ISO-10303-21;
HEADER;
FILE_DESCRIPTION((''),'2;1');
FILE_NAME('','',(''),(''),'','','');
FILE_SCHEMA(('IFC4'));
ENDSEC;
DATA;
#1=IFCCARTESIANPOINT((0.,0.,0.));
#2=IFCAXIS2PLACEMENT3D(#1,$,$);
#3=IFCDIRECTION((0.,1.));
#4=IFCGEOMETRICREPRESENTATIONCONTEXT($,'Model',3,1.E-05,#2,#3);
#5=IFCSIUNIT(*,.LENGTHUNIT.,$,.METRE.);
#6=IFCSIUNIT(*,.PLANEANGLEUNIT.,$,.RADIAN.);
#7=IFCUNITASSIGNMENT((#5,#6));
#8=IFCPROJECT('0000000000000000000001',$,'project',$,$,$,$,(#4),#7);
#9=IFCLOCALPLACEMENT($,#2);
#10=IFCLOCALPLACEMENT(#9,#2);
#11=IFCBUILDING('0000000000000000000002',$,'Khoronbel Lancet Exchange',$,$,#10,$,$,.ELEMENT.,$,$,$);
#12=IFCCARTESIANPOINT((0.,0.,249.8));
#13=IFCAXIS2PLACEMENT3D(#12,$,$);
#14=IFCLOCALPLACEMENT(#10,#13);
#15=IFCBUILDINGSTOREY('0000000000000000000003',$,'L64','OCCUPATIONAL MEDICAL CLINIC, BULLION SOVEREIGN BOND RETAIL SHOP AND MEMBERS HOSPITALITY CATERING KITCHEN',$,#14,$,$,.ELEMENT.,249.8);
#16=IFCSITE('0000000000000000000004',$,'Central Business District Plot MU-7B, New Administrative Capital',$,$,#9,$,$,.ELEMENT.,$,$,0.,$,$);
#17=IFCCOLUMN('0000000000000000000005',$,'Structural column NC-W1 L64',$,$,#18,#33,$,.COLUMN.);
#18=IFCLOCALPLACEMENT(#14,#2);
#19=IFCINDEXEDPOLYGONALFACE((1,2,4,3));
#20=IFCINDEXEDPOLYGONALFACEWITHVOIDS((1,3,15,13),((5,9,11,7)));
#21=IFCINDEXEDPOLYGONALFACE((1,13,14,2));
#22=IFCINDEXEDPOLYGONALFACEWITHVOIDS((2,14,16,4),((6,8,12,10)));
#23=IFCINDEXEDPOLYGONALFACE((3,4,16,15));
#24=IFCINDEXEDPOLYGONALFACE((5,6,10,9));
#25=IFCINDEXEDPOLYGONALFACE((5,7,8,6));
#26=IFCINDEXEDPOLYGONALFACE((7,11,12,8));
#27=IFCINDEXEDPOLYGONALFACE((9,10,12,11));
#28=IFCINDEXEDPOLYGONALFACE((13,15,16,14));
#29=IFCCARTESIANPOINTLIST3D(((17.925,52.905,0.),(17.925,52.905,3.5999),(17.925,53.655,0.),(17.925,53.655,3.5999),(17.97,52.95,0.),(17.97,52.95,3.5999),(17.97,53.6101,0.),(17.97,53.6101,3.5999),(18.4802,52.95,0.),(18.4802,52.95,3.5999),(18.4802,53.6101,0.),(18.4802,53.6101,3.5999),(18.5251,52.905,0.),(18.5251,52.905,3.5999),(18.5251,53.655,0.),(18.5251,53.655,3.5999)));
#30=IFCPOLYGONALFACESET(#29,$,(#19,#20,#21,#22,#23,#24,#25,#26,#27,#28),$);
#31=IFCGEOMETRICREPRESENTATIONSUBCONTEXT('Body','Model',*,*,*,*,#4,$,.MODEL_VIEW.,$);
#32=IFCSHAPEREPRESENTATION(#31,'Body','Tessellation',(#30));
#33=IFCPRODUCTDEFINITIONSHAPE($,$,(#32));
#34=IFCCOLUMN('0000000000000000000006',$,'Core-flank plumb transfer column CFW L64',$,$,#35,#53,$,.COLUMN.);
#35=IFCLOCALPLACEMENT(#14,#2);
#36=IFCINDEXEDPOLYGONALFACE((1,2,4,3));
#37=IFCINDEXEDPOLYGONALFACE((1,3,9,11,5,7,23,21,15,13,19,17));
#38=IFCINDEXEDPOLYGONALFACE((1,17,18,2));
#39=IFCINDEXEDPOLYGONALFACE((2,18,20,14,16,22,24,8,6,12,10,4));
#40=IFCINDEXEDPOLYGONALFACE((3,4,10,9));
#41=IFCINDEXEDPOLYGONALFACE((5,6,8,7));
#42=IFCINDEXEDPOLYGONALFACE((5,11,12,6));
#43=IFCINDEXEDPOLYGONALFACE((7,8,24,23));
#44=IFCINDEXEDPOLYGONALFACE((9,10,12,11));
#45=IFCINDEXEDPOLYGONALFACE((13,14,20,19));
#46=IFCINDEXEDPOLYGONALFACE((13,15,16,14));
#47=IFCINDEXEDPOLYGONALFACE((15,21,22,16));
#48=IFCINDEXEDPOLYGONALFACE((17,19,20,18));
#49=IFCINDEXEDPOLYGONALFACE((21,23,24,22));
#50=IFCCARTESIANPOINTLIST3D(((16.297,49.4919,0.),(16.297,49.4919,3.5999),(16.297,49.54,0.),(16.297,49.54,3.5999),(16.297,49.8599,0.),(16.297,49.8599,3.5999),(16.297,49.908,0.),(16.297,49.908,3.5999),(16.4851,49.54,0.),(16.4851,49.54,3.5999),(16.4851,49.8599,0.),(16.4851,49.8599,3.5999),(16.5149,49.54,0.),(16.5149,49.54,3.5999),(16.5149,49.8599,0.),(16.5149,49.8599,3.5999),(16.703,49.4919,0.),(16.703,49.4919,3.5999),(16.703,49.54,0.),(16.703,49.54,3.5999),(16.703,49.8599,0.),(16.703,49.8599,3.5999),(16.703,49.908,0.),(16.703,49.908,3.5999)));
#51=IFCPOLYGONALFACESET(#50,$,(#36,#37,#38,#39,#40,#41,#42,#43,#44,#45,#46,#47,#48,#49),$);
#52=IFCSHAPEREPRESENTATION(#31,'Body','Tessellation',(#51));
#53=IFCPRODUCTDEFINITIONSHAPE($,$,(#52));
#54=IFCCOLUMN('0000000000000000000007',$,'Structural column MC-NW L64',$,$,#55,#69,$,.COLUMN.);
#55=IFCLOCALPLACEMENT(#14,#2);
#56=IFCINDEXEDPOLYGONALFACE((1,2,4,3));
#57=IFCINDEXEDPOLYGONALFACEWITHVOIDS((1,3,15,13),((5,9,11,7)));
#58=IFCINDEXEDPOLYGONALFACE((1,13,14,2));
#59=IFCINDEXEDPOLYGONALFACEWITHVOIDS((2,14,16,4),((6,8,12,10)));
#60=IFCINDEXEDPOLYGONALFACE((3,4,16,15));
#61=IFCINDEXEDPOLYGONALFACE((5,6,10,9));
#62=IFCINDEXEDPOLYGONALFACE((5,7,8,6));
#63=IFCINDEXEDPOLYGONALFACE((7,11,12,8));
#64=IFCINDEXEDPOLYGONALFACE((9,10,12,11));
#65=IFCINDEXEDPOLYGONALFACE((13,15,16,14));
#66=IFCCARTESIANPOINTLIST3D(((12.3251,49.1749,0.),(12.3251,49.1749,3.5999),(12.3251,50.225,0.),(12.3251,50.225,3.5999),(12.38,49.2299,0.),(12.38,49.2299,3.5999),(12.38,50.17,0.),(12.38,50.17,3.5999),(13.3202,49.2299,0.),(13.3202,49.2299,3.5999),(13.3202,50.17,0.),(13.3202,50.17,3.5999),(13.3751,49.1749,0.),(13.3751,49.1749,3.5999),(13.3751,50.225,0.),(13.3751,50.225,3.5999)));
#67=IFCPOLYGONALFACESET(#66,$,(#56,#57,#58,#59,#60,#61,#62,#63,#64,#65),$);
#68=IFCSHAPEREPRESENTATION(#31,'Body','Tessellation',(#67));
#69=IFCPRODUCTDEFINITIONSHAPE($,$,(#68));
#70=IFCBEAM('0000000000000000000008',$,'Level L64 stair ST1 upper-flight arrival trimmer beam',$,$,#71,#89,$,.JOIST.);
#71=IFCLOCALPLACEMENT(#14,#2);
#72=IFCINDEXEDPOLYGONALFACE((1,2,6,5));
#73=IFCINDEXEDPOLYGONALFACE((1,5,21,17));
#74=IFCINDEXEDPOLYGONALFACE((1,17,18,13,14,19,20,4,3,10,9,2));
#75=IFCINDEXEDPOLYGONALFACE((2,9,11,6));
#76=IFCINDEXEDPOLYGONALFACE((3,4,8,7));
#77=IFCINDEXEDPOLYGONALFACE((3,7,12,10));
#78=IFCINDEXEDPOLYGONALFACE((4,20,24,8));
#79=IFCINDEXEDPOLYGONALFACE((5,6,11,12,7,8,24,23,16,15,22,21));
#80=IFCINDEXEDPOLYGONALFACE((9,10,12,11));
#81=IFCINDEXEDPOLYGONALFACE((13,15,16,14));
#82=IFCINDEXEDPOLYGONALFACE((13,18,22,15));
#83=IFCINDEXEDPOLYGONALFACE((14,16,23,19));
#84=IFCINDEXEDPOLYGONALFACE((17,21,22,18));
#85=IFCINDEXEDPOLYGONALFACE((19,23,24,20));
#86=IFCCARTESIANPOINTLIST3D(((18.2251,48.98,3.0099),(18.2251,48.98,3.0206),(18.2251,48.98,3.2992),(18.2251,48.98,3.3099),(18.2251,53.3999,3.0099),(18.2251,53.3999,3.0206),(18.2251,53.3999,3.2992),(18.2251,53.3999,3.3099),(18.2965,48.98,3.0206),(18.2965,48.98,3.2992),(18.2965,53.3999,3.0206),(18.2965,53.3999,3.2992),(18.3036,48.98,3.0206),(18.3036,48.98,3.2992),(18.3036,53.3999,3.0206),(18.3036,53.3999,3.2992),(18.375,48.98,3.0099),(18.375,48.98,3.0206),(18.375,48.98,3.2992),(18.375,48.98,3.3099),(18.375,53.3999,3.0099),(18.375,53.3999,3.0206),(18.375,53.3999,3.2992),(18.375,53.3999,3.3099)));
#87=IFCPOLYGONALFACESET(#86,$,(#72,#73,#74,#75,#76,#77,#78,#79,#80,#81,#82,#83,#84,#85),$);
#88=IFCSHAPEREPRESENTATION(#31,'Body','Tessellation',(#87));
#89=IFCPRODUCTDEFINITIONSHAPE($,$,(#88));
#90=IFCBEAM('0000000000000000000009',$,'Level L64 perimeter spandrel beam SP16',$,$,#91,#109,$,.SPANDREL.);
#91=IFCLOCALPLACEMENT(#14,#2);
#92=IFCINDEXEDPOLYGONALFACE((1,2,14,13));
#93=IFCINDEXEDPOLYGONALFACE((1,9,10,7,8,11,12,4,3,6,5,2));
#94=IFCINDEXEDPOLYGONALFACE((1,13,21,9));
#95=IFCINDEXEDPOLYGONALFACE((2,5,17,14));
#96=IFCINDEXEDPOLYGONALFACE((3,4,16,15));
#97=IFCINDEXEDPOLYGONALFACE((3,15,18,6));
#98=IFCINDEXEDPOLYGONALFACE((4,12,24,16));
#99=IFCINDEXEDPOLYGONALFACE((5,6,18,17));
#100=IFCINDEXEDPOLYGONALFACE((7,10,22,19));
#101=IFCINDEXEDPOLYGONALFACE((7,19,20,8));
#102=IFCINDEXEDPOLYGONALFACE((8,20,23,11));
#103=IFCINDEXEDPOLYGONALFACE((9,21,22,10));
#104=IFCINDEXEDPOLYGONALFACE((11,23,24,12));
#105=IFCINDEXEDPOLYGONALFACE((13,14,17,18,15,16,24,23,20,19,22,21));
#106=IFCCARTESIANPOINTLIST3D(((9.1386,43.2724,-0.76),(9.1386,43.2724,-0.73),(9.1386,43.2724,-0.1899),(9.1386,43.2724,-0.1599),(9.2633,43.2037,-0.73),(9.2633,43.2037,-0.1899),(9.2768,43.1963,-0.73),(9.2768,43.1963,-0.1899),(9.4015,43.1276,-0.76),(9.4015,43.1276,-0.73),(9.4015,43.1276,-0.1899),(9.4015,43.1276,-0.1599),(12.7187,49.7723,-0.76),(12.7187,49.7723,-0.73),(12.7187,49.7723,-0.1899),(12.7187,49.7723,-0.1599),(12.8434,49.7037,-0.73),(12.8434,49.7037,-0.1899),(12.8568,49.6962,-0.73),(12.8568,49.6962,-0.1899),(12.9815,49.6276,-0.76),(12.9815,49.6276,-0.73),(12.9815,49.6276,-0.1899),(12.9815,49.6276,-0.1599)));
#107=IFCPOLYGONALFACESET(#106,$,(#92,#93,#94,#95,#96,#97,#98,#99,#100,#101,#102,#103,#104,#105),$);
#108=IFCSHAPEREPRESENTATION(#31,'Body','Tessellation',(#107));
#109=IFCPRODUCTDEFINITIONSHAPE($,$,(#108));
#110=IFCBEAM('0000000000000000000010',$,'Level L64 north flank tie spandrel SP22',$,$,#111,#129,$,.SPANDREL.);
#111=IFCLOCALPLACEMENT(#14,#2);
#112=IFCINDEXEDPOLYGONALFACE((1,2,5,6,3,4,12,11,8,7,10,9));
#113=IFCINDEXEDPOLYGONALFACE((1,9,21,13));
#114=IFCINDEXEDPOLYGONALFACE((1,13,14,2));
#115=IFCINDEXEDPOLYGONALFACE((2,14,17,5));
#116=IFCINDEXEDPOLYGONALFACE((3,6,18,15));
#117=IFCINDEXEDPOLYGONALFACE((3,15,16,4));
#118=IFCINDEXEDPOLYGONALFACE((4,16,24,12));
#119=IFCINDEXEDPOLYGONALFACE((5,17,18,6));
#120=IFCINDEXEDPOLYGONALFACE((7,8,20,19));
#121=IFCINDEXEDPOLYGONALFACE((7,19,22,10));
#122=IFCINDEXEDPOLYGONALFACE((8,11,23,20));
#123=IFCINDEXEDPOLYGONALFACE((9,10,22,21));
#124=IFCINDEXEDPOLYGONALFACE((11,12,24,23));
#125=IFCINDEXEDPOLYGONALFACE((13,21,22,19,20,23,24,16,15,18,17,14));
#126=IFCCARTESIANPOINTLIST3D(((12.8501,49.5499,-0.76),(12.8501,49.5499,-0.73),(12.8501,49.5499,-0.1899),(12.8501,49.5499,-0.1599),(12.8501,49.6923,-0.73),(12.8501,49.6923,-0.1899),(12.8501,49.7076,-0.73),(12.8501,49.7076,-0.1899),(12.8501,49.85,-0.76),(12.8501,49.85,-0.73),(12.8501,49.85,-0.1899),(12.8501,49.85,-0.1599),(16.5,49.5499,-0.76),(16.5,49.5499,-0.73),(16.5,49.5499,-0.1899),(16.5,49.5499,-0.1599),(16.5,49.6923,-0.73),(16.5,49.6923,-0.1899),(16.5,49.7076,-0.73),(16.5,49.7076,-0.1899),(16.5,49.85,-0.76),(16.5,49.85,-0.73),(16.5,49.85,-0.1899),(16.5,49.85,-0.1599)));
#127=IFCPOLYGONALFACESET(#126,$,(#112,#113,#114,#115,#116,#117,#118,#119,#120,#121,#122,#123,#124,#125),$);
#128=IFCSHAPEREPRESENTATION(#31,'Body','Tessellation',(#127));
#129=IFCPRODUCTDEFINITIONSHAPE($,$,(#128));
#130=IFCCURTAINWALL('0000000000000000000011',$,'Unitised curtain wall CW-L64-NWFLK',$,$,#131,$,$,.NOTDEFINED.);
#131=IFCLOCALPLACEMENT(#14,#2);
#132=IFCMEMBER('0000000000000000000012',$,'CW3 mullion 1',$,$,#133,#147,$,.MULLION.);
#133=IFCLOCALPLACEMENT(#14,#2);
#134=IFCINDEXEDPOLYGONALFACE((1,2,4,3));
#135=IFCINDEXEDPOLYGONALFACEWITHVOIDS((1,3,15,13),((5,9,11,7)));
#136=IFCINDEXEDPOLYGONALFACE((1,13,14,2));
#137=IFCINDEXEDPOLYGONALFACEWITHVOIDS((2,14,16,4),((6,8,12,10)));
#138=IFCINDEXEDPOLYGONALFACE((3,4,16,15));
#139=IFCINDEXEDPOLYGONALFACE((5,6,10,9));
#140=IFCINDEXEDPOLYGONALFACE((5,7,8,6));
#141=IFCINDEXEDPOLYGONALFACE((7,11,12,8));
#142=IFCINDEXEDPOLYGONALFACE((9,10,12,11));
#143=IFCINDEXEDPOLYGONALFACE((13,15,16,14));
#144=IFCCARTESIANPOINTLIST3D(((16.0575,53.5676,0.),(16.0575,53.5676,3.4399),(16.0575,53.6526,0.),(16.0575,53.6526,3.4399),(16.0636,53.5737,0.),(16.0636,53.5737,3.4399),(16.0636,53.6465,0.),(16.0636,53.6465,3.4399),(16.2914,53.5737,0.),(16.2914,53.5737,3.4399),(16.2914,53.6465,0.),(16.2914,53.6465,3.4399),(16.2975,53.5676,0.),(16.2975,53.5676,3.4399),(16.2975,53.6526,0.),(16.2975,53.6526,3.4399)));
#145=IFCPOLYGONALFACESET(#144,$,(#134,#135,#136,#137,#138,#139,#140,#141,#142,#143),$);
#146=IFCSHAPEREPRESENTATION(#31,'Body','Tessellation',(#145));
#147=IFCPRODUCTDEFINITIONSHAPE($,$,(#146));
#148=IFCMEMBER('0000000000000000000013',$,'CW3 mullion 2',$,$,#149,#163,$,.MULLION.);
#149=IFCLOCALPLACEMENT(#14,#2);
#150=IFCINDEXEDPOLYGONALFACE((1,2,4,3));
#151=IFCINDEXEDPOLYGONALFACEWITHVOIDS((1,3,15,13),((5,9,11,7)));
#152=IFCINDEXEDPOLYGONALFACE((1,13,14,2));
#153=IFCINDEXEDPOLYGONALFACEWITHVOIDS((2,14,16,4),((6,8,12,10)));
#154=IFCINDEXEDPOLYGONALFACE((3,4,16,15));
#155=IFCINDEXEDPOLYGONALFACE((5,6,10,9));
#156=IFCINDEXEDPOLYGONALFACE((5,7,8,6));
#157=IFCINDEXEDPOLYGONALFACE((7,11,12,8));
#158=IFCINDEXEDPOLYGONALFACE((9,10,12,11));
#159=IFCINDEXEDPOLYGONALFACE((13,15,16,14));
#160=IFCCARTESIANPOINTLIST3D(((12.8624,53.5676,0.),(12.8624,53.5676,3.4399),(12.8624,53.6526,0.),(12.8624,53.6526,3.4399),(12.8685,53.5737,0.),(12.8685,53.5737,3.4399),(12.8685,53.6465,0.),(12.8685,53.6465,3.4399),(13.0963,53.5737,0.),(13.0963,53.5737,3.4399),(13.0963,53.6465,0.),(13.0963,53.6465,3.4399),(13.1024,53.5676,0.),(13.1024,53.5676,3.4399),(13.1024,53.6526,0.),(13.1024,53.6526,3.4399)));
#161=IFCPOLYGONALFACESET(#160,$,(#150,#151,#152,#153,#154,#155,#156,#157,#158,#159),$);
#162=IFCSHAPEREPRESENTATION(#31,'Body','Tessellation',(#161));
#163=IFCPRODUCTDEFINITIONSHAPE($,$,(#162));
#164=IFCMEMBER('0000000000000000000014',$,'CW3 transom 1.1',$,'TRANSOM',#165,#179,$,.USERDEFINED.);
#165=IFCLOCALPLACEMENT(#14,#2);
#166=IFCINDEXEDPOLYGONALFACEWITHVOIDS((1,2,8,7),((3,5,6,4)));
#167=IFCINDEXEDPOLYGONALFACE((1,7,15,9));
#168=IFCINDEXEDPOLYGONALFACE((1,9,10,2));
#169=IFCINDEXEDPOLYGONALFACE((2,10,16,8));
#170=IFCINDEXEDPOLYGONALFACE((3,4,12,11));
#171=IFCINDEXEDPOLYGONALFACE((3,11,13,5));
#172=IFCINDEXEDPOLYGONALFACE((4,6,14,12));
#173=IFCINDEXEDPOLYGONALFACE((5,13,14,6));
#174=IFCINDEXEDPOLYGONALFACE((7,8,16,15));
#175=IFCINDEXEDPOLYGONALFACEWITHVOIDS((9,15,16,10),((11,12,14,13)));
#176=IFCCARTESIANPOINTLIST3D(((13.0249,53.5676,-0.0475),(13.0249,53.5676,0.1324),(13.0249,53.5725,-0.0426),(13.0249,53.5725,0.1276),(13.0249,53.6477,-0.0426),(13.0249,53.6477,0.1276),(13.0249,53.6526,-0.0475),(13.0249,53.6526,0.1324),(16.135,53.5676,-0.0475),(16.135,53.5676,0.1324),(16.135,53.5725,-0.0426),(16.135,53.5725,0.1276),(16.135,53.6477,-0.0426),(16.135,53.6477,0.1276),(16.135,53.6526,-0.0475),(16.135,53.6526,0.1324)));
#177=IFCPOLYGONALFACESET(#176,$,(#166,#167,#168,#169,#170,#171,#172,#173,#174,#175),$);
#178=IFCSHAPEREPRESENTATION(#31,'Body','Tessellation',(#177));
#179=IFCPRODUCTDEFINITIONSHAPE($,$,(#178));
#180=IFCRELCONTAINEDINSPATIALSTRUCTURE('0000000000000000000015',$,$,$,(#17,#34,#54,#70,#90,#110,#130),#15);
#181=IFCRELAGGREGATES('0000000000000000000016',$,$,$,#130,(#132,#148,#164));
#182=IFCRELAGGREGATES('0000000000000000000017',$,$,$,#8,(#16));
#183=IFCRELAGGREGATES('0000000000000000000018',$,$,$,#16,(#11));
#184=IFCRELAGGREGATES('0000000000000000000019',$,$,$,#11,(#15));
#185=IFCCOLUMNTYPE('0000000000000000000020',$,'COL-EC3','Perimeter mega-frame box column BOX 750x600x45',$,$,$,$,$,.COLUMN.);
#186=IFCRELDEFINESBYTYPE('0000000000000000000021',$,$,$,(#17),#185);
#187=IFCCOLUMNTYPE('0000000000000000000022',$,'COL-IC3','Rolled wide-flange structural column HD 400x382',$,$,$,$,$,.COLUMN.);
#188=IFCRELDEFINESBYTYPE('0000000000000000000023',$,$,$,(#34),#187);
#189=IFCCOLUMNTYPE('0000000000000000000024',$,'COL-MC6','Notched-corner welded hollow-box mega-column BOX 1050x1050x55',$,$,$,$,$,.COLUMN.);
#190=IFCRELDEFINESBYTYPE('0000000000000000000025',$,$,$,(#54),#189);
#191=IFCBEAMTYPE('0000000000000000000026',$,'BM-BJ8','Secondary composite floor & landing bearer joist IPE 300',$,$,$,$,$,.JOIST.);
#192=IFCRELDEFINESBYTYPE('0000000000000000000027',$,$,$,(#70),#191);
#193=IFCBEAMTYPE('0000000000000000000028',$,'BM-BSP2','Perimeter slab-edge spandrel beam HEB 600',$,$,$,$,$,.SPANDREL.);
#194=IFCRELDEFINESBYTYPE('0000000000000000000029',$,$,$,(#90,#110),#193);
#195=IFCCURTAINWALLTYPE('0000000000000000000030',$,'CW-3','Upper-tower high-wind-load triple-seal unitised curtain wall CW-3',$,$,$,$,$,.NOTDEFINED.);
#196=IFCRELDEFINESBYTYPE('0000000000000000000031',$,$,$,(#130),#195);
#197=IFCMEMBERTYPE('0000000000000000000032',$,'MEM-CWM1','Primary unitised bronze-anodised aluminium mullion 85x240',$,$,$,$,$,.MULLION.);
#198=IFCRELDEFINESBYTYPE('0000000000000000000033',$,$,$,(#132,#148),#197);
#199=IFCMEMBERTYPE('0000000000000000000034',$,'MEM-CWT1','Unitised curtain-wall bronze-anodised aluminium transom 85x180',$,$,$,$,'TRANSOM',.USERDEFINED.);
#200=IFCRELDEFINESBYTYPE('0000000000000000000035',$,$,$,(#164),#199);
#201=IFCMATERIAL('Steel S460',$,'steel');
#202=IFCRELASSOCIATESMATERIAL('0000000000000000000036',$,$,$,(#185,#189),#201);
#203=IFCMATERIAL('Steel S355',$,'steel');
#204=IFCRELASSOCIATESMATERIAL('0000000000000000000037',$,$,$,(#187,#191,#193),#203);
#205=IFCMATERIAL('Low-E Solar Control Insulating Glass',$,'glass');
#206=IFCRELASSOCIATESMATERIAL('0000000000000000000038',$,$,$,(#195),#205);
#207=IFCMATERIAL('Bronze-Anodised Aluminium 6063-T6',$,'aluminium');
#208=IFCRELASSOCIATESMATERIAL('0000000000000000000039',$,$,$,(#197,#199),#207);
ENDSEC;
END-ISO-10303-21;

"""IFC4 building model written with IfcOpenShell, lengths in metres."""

from ifc_helpers import new_model, si_unit, direction, frame, origin, origin_2d, place, context, subcontext, project, spatial, hollow_rectangle, i_section, extrude, material, material_profile, profile_set, type_object, element, aggregate, save


model = new_model("IFC4")

# Units and contexts
model_context = context("Model", 3, precision=1e-05, world=origin(), true_north=direction((0.0, 1.0)))
body_context = subcontext(model_context, "Body", "Model", "MODEL_VIEW")
ifc_project = project(units=[si_unit("LENGTHUNIT", "METRE"), si_unit("PLANEANGLEUNIT", "RADIAN")], contexts=[model_context])

# Site, building, storey
site_placement = place(None, origin())
site = spatial("IfcSite", under=ifc_project, at=site_placement, Name="Central Business District Plot MU-7B, New Administrative Capital", CompositionType="ELEMENT", RefElevation=0.0)
building_placement = place(site_placement, origin())
building = spatial("IfcBuilding", under=site, at=building_placement, Name="Khoronbel Lancet Exchange", CompositionType="ELEMENT")
storey_placement = place(building_placement, frame((0.0, 0.0, 249.8)))
storey = spatial("IfcBuildingStorey", under=building, at=storey_placement, Name="L64", Description="OCCUPATIONAL MEDICAL CLINIC, BULLION SOVEREIGN BOND RETAIL SHOP AND MEMBERS HOSPITALITY CATERING KITCHEN", CompositionType="ELEMENT", Elevation=249.8)

# Columns
ifc_material_1 = material(Name="Steel S460", Category="steel")
ifc_material_profile_1 = material_profile(ifc_material_1, hollow_rectangle(XDim=0.6001, YDim=0.75, WallThickness=0.0449, at=origin_2d()), Name="BOX 750x600x45")
ifc_profile_set_1 = profile_set([ifc_material_profile_1], Name="Steel S460")
column_type_1 = type_object("IfcColumnType", Name="COL-EC3", Description="Perimeter mega-frame box column BOX 750x600x45", PredefinedType="COLUMN", material=ifc_profile_set_1)
column_1_placement = place(storey_placement, frame((18.2251, 53.28, 0.0), z_axis=(0.0, 0.0, 1.0), x_axis=(1.0, 0.0, 0.0)))
element("IfcColumn", 1, at=column_1_placement, inside=storey, type_object=column_type_1, Name="Structural column NC-W1 L64", PredefinedType="COLUMN", context=body_context, shape_type="SweptSolid", body=[
    extrude(hollow_rectangle(XDim=0.6001, YDim=0.75, WallThickness=0.0449, at=origin_2d()), origin(), (0.0, 0.0, 1.0), 3.5999),
])
ifc_material_2 = material(Name="Steel S355", Category="steel")
ifc_material_profile_2 = material_profile(ifc_material_2, i_section(OverallWidth=0.406, OverallDepth=0.416, WebThickness=0.0298, FlangeThickness=0.0481, at=origin_2d()), Name="HD 400x382")
ifc_profile_set_2 = profile_set([ifc_material_profile_2], Name="Steel S355")
column_type_2 = type_object("IfcColumnType", Name="COL-IC3", Description="Rolled wide-flange structural column HD 400x382", PredefinedType="COLUMN", material=ifc_profile_set_2)
column_2_placement = place(storey_placement, frame((16.5, 49.7, 0.0), z_axis=(0.0, 0.0, 1.0), x_axis=(1.0, 0.0, 0.0)))
element("IfcColumn", 2, at=column_2_placement, inside=storey, type_object=column_type_2, Name="Core-flank plumb transfer column CFW L64", PredefinedType="COLUMN", context=body_context, shape_type="SweptSolid", body=[
    extrude(i_section(OverallWidth=0.406, OverallDepth=0.416, WebThickness=0.0298, FlangeThickness=0.0481, at=origin_2d()), origin(), (0.0, 0.0, 1.0), 3.5999),
])
ifc_material_profile_3 = material_profile(ifc_material_1, hollow_rectangle(XDim=1.05, YDim=1.05, WallThickness=0.0549, at=origin_2d()), Name="BOX 1050x1050x55")
ifc_profile_set_3 = profile_set([ifc_material_profile_3], Name="Steel S460")
column_type_3 = type_object("IfcColumnType", Name="COL-MC6", Description="Notched-corner welded hollow-box mega-column BOX 1050x1050x55", PredefinedType="COLUMN", material=ifc_profile_set_3)
column_3_placement = place(storey_placement, frame((12.8501, 49.7, 0.0), z_axis=(0.0, 0.0, 1.0), x_axis=(1.0, 0.0, 0.0)))
element("IfcColumn", 3, at=column_3_placement, inside=storey, type_object=column_type_3, Name="Structural column MC-NW L64", PredefinedType="COLUMN", context=body_context, shape_type="SweptSolid", body=[
    extrude(hollow_rectangle(XDim=1.05, YDim=1.05, WallThickness=0.0549, at=origin_2d()), origin(), (0.0, 0.0, 1.0), 3.5999),
])

# Beams
ifc_material_profile_4 = material_profile(ifc_material_2, i_section(OverallWidth=0.1499, OverallDepth=0.3, WebThickness=0.0071, FlangeThickness=0.0107, at=origin_2d()), Name="IPE 300")
ifc_profile_set_4 = profile_set([ifc_material_profile_4], Name="Steel S355")
beam_type_1 = type_object("IfcBeamType", Name="BM-BJ8", Description="Secondary composite floor & landing bearer joist IPE 300", PredefinedType="JOIST", material=ifc_profile_set_4)
beam_1_placement = place(storey_placement, frame((18.3, 48.98, 3.1599), z_axis=(0.0, 1.0, 0.0), x_axis=(-1.0, 0.0, 0.0)))
element("IfcBeam", 4, at=beam_1_placement, inside=storey, type_object=beam_type_1, Name="Level L64 stair ST1 upper-flight arrival trimmer beam", PredefinedType="JOIST", context=body_context, shape_type="SweptSolid", body=[
    extrude(i_section(OverallWidth=0.1499, OverallDepth=0.3, WebThickness=0.0071, FlangeThickness=0.0107, at=origin_2d()), origin(), (0.0, 0.0, 1.0), 4.4199),
])
ifc_material_profile_5 = material_profile(ifc_material_2, i_section(OverallWidth=0.3, OverallDepth=0.6001, WebThickness=0.0154, FlangeThickness=0.03, at=origin_2d()), Name="HEB 600")
ifc_profile_set_5 = profile_set([ifc_material_profile_5], Name="Steel S355")
beam_type_2 = type_object("IfcBeamType", Name="BM-BSP2", Description="Perimeter slab-edge spandrel beam HEB 600", PredefinedType="SPANDREL", material=ifc_profile_set_5)
beam_2_placement = place(storey_placement, frame((12.8501, 49.7, -0.46), z_axis=(-0.482444, -0.875927, 0.0), x_axis=(0.875927, -0.482444, 0.0)))
element("IfcBeam", 5, at=beam_2_placement, inside=storey, type_object=beam_type_2, Name="Level L64 perimeter spandrel beam SP16", PredefinedType="SPANDREL", context=body_context, shape_type="SweptSolid", body=[
    extrude(i_section(OverallWidth=0.3, OverallDepth=0.6001, WebThickness=0.0154, FlangeThickness=0.03, at=origin_2d()), origin(), (0.0, 0.0, 1.0), 7.4207),
])
beam_3_placement = place(storey_placement, frame((12.8501, 49.7, -0.46), z_axis=(1.0, 0.0, 0.0), x_axis=(0.0, 1.0, 0.0)))
element("IfcBeam", 6, at=beam_3_placement, inside=storey, type_object=beam_type_2, Name="Level L64 north flank tie spandrel SP22", PredefinedType="SPANDREL", context=body_context, shape_type="SweptSolid", body=[
    extrude(i_section(OverallWidth=0.3, OverallDepth=0.6001, WebThickness=0.0154, FlangeThickness=0.03, at=origin_2d()), origin(), (0.0, 0.0, 1.0), 3.6499),
])

# Curtain wall, members
ifc_material_3 = material(Name="Low-E Solar Control Insulating Glass", Category="glass")
curtain_wall_type = type_object("IfcCurtainWallType", Name="CW-3", Description="Upper-tower high-wind-load triple-seal unitised curtain wall CW-3", PredefinedType="NOTDEFINED", material=ifc_material_3)
curtain_wall_placement = place(storey_placement, origin())
curtain_wall = element("IfcCurtainWall", 7, at=curtain_wall_placement, inside=storey, type_object=curtain_wall_type, Name="Unitised curtain wall CW-L64-NWFLK", PredefinedType="NOTDEFINED")
ifc_material_4 = material(Name="Bronze-Anodised Aluminium 6063-T6", Category="aluminium")
ifc_material_profile_6 = material_profile(ifc_material_4, hollow_rectangle(XDim=0.085, YDim=0.24, WallThickness=0.0061, at=origin_2d()), Name="ALU MULLION 85x240")
ifc_profile_set_6 = profile_set([ifc_material_profile_6], Name="Bronze-Anodised Aluminium 6063-T6")
member_type_1 = type_object("IfcMemberType", Name="MEM-CWM1", Description="Primary unitised bronze-anodised aluminium mullion 85x240", PredefinedType="MULLION", material=ifc_profile_set_6)
member_1_placement = place(storey_placement, frame((16.1775, 53.6101, 0.0), z_axis=(0.0, 0.0, 1.0), x_axis=(0.0, -1.0, 0.0)))
member_1 = element("IfcMember", 8, at=member_1_placement, type_object=member_type_1, Name="CW3 mullion 1", PredefinedType="MULLION", context=body_context, shape_type="SweptSolid", body=[
    extrude(hollow_rectangle(XDim=0.085, YDim=0.24, WallThickness=0.0061, at=origin_2d()), origin(), (0.0, 0.0, 1.0), 3.4399),
])
member_2_placement = place(storey_placement, frame((12.9824, 53.6101, 0.0), z_axis=(0.0, 0.0, 1.0), x_axis=(0.0, -1.0, 0.0)))
member_2 = element("IfcMember", 9, at=member_2_placement, type_object=member_type_1, Name="CW3 mullion 2", PredefinedType="MULLION", context=body_context, shape_type="SweptSolid", body=[
    extrude(hollow_rectangle(XDim=0.085, YDim=0.24, WallThickness=0.0061, at=origin_2d()), origin(), (0.0, 0.0, 1.0), 3.4399),
])
ifc_material_profile_7 = material_profile(ifc_material_4, hollow_rectangle(XDim=0.085, YDim=0.1799, WallThickness=0.0049, at=origin_2d()), Name="ALU TRANSOM 85x180")
ifc_profile_set_7 = profile_set([ifc_material_profile_7], Name="Bronze-Anodised Aluminium 6063-T6")
member_type_2 = type_object("IfcMemberType", Name="MEM-CWT1", Description="Unitised curtain-wall bronze-anodised aluminium transom 85x180", ElementType="TRANSOM", PredefinedType="USERDEFINED", material=ifc_profile_set_7)
member_3_placement = place(storey_placement, frame((16.135, 53.6101, 0.0425), z_axis=(-1.0, 0.0, 0.0), x_axis=(0.0, -1.0, 0.0)))
member_3 = element("IfcMember", 10, at=member_3_placement, type_object=member_type_2, Name="CW3 transom 1.1", ObjectType="TRANSOM", PredefinedType="USERDEFINED", context=body_context, shape_type="SweptSolid", body=[
    extrude(hollow_rectangle(XDim=0.085, YDim=0.1799, WallThickness=0.0049, at=origin_2d()), origin(), (0.0, 0.0, 1.0), 3.1101),
])

aggregate(curtain_wall, [member_1, member_2, member_3])

save(model, "model.ifc")
